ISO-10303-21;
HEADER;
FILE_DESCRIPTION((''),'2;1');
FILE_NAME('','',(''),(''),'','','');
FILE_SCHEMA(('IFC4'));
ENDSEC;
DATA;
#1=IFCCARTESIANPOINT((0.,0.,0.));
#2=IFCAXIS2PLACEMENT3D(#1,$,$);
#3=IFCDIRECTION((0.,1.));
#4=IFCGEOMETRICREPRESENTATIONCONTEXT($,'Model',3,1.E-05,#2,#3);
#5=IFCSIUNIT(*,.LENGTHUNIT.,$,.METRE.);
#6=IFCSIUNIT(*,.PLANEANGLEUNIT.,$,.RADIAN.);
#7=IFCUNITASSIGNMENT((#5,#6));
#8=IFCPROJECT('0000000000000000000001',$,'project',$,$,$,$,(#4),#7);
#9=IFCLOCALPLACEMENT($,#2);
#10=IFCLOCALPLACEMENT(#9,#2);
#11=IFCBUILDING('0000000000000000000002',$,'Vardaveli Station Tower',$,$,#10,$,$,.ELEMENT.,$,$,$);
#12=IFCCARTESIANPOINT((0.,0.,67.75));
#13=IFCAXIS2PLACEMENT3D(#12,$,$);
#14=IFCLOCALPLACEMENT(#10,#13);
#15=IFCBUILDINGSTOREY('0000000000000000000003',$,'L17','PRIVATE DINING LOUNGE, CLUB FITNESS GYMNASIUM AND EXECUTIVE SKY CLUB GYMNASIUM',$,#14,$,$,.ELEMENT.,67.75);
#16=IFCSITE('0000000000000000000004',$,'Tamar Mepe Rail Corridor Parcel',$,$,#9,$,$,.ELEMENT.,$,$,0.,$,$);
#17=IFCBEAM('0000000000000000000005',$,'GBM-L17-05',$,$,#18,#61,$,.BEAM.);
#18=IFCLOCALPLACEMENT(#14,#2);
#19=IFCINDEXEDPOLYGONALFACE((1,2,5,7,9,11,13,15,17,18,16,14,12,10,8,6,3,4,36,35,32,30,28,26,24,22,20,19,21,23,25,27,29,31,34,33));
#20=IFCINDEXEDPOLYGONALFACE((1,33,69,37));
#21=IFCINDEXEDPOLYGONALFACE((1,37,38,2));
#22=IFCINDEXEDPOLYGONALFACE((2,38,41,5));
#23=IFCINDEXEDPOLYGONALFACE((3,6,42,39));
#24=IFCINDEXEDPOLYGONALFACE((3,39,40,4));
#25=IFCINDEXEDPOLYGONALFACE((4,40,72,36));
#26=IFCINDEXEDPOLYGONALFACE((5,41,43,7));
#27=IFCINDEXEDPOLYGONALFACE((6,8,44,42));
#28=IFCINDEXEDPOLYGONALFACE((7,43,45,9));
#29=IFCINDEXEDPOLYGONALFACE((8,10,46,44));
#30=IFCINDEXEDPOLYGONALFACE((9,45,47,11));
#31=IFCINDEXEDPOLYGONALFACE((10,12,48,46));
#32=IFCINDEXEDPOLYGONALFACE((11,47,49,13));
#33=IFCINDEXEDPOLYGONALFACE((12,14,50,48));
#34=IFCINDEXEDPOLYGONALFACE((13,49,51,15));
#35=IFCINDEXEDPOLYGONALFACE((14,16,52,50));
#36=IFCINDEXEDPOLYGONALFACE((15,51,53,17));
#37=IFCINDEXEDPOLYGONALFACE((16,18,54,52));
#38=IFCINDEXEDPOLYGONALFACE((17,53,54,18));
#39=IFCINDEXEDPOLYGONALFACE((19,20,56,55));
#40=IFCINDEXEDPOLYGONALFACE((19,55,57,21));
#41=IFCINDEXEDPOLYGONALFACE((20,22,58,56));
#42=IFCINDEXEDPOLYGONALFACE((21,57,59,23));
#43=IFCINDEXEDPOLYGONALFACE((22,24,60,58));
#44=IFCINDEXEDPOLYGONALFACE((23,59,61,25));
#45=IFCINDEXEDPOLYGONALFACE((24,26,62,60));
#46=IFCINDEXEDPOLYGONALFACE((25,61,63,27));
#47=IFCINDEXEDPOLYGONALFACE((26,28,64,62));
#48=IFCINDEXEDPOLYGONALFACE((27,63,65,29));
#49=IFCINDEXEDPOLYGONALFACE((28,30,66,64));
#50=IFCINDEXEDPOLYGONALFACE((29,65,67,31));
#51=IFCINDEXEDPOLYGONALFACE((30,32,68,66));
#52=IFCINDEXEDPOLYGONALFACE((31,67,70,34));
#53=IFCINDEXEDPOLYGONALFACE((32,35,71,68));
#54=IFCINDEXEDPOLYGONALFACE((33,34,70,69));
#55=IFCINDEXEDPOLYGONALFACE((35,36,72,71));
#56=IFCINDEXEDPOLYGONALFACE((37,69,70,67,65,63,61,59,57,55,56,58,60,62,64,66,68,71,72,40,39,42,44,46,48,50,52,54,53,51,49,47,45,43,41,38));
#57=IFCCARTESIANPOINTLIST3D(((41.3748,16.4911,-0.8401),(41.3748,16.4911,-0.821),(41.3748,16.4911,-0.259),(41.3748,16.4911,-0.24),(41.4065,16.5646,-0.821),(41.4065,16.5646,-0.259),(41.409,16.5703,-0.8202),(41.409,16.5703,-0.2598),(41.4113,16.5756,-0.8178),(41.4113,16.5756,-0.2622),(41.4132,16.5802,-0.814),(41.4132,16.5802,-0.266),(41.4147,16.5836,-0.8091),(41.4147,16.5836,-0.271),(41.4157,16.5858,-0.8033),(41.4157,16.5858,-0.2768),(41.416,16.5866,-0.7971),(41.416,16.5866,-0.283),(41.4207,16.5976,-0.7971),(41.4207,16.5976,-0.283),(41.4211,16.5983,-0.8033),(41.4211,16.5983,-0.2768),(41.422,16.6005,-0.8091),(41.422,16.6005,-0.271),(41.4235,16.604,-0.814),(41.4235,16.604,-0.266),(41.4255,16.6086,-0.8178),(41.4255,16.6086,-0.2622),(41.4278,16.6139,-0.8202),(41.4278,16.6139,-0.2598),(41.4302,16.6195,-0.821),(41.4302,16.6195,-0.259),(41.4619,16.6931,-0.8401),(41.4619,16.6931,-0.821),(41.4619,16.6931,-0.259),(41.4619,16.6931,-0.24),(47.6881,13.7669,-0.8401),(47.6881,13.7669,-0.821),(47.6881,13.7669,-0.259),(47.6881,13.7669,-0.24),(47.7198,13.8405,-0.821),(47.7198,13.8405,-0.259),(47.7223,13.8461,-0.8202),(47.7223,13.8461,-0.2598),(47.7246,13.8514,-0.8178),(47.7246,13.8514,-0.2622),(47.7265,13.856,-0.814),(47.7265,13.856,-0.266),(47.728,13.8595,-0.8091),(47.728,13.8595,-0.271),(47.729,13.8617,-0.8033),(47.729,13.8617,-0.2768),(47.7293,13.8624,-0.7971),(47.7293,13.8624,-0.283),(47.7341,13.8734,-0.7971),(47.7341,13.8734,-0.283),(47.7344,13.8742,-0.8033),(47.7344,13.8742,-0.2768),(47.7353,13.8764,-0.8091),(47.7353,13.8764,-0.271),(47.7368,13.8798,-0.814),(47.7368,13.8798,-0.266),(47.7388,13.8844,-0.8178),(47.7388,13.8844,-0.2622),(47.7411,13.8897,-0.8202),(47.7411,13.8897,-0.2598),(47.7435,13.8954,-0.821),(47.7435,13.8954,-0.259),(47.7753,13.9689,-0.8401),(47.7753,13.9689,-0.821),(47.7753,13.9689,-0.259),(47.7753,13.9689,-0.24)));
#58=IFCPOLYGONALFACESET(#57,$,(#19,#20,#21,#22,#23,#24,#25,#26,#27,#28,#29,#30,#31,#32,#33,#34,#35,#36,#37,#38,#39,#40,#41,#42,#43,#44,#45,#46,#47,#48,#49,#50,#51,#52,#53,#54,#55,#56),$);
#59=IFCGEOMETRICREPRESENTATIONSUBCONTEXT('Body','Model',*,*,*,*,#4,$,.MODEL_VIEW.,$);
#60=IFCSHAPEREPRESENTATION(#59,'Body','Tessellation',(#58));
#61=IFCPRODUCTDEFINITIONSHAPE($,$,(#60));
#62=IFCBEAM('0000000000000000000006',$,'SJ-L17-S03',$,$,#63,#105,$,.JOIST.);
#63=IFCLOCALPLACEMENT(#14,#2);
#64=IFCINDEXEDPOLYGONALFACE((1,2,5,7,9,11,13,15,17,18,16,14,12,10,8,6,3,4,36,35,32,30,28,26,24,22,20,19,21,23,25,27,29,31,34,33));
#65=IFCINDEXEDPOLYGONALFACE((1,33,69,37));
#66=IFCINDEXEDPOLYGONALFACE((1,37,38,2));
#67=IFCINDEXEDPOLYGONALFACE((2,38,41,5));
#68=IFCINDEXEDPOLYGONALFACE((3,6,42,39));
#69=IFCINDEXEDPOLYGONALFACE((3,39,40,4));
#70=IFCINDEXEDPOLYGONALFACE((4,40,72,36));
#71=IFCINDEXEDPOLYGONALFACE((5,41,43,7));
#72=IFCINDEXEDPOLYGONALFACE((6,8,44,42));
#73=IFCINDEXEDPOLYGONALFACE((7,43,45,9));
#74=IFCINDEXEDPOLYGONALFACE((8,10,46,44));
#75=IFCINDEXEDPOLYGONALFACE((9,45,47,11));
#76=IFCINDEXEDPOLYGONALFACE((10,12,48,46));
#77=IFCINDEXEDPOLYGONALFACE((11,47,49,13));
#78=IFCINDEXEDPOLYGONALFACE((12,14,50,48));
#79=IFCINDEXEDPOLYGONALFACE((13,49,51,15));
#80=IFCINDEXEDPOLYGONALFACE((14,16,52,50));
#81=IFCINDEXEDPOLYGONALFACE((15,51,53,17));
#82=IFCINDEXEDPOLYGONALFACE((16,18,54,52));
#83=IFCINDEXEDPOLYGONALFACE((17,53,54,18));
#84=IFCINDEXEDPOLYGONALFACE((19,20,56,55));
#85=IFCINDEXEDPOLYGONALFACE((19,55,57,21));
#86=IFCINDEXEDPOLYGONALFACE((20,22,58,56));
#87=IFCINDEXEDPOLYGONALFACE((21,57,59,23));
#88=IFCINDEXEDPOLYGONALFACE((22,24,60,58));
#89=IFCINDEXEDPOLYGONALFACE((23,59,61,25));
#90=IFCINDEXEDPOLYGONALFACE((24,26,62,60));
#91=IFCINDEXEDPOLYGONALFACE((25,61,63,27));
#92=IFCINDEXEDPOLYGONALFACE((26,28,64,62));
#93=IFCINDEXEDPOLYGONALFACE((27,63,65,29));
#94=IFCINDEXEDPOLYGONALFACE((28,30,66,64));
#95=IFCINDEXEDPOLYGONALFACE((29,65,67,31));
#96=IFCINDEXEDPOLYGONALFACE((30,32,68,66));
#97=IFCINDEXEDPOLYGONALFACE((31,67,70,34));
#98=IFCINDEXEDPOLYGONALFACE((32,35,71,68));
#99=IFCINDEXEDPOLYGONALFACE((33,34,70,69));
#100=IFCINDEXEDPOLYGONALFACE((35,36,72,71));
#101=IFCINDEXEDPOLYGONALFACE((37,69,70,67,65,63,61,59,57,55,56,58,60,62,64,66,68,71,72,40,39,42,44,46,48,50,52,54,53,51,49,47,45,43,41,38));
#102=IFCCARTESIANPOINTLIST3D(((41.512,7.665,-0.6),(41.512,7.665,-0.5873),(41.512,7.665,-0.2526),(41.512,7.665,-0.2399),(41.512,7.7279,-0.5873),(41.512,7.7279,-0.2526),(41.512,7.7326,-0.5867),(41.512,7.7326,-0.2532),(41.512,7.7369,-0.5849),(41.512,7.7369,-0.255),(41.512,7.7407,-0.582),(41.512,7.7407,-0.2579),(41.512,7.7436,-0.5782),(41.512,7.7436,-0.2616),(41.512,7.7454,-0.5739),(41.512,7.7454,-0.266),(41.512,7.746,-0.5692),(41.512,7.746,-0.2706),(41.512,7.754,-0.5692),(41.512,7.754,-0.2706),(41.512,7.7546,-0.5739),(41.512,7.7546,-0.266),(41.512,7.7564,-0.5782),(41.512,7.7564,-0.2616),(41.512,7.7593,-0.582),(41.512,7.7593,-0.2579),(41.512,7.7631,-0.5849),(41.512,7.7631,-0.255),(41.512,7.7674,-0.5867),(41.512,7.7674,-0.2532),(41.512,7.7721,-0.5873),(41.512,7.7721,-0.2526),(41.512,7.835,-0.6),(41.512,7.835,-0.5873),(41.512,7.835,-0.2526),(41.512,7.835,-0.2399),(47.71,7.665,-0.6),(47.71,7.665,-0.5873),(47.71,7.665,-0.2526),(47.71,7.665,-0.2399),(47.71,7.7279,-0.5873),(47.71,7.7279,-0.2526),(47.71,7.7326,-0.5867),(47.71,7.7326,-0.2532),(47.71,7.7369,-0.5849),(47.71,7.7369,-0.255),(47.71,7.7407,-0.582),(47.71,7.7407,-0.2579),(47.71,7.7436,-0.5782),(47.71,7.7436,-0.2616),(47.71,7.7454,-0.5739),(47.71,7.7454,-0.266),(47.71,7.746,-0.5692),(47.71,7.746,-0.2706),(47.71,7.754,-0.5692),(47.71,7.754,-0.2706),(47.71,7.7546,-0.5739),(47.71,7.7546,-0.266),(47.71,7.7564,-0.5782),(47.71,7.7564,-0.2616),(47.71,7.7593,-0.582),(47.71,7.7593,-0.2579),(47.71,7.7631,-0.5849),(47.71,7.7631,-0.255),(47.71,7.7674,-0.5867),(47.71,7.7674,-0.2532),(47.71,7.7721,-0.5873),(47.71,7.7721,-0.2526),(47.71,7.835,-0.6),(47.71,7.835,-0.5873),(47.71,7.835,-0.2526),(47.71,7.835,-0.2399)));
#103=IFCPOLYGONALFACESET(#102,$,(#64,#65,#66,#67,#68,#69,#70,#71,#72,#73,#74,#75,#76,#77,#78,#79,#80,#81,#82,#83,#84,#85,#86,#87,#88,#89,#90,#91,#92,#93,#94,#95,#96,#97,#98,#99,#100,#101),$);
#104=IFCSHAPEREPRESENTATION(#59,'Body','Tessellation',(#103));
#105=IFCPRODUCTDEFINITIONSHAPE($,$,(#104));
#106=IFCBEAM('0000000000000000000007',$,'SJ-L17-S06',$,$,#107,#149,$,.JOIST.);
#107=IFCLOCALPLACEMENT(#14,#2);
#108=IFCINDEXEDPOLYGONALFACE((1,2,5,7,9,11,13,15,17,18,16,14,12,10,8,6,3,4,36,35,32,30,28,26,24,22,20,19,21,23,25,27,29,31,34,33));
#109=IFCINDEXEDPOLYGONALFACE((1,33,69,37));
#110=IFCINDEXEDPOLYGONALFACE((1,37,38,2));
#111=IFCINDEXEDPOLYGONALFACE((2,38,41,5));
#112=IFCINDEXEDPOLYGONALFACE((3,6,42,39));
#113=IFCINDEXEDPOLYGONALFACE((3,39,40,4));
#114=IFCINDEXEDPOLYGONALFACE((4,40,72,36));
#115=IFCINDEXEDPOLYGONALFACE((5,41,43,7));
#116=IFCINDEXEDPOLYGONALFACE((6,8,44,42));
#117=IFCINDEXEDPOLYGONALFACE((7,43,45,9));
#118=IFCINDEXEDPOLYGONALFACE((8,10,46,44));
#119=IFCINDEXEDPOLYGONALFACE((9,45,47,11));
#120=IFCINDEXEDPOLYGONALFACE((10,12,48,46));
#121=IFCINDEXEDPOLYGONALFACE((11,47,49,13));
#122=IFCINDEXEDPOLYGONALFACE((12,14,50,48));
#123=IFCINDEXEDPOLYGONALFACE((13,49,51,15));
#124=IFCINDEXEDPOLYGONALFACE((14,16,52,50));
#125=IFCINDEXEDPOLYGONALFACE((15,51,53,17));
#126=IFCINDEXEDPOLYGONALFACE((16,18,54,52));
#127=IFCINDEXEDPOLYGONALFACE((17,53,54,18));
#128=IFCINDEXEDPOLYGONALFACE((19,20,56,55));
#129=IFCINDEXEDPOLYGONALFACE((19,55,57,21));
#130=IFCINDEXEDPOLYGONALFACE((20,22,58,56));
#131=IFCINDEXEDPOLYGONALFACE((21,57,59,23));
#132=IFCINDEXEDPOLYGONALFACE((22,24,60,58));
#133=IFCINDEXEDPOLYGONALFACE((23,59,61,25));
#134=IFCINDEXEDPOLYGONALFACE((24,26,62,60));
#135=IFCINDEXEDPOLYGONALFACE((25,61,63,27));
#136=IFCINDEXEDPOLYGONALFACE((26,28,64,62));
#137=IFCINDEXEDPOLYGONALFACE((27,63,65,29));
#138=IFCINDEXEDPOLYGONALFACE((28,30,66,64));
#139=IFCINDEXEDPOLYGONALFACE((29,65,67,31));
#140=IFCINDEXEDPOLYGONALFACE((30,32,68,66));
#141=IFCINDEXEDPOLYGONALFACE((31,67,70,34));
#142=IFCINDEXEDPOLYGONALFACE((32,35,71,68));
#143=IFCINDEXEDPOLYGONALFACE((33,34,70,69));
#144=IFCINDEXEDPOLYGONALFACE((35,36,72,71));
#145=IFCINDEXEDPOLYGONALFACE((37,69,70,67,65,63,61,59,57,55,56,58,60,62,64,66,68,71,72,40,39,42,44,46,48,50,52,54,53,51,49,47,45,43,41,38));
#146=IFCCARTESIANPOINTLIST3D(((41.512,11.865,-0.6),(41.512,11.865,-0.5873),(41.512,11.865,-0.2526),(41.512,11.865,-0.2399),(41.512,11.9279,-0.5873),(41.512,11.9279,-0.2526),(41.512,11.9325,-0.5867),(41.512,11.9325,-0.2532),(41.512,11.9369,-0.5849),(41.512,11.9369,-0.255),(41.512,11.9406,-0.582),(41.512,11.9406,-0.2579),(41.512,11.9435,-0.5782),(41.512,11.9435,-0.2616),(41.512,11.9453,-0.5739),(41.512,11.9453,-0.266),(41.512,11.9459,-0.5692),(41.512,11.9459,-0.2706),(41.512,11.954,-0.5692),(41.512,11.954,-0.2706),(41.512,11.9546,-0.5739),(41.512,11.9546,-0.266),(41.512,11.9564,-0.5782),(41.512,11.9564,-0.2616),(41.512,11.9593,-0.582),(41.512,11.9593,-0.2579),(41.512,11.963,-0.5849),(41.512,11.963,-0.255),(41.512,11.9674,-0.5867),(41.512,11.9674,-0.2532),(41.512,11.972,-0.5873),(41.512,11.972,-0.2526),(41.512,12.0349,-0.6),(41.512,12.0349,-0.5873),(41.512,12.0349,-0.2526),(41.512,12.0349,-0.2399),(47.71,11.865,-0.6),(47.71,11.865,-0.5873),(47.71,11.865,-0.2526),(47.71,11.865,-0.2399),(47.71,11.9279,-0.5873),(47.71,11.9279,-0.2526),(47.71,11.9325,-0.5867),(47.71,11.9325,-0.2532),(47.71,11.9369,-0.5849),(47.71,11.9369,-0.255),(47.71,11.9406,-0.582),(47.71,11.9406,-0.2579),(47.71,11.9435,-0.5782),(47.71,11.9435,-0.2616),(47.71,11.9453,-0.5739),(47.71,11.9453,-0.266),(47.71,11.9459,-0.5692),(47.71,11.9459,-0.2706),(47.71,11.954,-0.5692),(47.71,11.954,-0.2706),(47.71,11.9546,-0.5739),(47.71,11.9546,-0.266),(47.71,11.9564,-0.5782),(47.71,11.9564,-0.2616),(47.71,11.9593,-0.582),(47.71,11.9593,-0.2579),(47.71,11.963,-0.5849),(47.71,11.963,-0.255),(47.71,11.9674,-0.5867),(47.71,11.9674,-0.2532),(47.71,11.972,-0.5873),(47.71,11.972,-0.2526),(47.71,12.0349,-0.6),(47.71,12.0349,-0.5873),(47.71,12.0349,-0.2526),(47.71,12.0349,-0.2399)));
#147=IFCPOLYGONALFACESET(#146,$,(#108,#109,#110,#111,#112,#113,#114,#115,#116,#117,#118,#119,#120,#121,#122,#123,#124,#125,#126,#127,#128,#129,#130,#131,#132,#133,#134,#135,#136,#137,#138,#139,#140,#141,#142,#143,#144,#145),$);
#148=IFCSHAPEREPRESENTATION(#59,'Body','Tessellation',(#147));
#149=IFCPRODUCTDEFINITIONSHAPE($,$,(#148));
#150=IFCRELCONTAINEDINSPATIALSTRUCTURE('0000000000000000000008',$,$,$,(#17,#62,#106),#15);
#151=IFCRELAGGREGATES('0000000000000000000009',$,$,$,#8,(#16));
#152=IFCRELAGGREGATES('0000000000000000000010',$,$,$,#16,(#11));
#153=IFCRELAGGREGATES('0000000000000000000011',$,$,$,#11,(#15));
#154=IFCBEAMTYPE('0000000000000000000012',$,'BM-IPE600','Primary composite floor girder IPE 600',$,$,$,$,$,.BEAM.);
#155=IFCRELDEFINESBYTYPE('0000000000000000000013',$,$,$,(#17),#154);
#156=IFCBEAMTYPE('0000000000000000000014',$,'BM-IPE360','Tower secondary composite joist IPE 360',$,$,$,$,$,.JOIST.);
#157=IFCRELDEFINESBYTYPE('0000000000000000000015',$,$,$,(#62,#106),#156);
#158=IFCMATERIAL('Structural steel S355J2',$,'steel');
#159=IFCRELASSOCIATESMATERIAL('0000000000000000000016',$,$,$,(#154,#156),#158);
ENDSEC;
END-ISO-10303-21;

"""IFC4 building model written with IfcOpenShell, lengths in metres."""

from ifc_helpers import new_model, si_unit, direction, frame, origin, origin_2d, place, context, subcontext, project, spatial, i_section, extrude, source, transform, mapped, material, material_profile, profile_set, type_object, element, save


model = new_model("IFC4")

# Units and contexts
model_context = context("Model", 3, precision=1e-05, world=origin(), true_north=direction((0.0, 1.0)))
body_context = subcontext(model_context, "Body", "Model", "MODEL_VIEW")
ifc_project = project(units=[si_unit("LENGTHUNIT", "METRE"), si_unit("PLANEANGLEUNIT", "RADIAN")], contexts=[model_context])

# Site, building, storey
site_placement = place(None, origin())
site = spatial("IfcSite", under=ifc_project, at=site_placement, Name="Tamar Mepe Rail Corridor Parcel", CompositionType="ELEMENT", RefElevation=0.0)
building_placement = place(site_placement, origin())
building = spatial("IfcBuilding", under=site, at=building_placement, Name="Vardaveli Station Tower", CompositionType="ELEMENT")
storey_placement = place(building_placement, frame((0.0, 0.0, 67.75)))
storey = spatial("IfcBuildingStorey", under=building, at=storey_placement, Name="L17", Description="PRIVATE DINING LOUNGE, CLUB FITNESS GYMNASIUM AND EXECUTIVE SKY CLUB GYMNASIUM", CompositionType="ELEMENT", Elevation=67.75)

# Beams
ifc_material_1 = material(Name="Structural steel S355J2", Category="steel")
ifc_material_profile_1 = material_profile(ifc_material_1, i_section(OverallWidth=0.22, OverallDepth=0.6001, WebThickness=0.012, FlangeThickness=0.019, FilletRadius=0.0239, at=origin_2d()), Name="IPE 600")
ifc_profile_set_1 = profile_set([ifc_material_profile_1], Name="Structural steel S355J2")
beam_type_1 = type_object("IfcBeamType", Name="BM-IPE600", Description="Primary composite floor girder IPE 600", PredefinedType="BEAM", material=ifc_profile_set_1)
shared_shape_1 = source(origin(), body_context, "Body", "SweptSolid", [
    extrude(i_section(OverallWidth=0.22, OverallDepth=0.6001, WebThickness=0.012, FlangeThickness=0.019, FilletRadius=0.0239, at=origin_2d()), origin(), (0.0, 0.0, 1.0), 6.876),
])
beam_1_placement = place(storey_placement, frame((47.7317, 13.8679, -0.54), z_axis=(-0.918171, 0.396185, 0.0), x_axis=(-0.396185, -0.918171, 0.0)))
element("IfcBeam", 1, at=beam_1_placement, inside=storey, type_object=beam_type_1, Name="GBM-L17-05", PredefinedType="BEAM", context=body_context, shape_type="MappedRepresentation", body=[
    mapped(shared_shape_1, transform((0.0, 0.0, 0.0), scale=1.0)),
])
ifc_material_profile_2 = material_profile(ifc_material_1, i_section(OverallWidth=0.1699, OverallDepth=0.3601, WebThickness=0.0081, FlangeThickness=0.0127, FilletRadius=0.0181, at=origin_2d()), Name="IPE 360")
ifc_profile_set_2 = profile_set([ifc_material_profile_2], Name="Structural steel S355J2")
beam_type_2 = type_object("IfcBeamType", Name="BM-IPE360", Description="Tower secondary composite joist IPE 360", PredefinedType="JOIST", material=ifc_profile_set_2)
shared_shape_2 = source(origin(), body_context, "Body", "SweptSolid", [
    extrude(i_section(OverallWidth=0.1699, OverallDepth=0.3601, WebThickness=0.0081, FlangeThickness=0.0127, FilletRadius=0.0181, at=origin_2d()), origin(), (0.0, 0.0, 1.0), 6.198),
])
for number, where, z_axis, x_axis, name in (
    (2, (41.512, 7.75, -0.4199), (1.0, 0.0, 0.0), (0.0, 1.0, 0.0), "SJ-L17-S03"),
    (3, (41.512, 11.95, -0.4199), (1.0, 0.0, 0.0), (0.0, 1.0, 0.0), "SJ-L17-S06"),
):
    element("IfcBeam", number, at=place(storey_placement, frame(where, z_axis=z_axis, x_axis=x_axis)), inside=storey, type_object=beam_type_2, Name=name, PredefinedType="JOIST", context=body_context, shape_type="MappedRepresentation", body=[
        mapped(shared_shape_2, transform((0.0, 0.0, 0.0), scale=1.0)),
    ])

save(model, "model.ifc")
